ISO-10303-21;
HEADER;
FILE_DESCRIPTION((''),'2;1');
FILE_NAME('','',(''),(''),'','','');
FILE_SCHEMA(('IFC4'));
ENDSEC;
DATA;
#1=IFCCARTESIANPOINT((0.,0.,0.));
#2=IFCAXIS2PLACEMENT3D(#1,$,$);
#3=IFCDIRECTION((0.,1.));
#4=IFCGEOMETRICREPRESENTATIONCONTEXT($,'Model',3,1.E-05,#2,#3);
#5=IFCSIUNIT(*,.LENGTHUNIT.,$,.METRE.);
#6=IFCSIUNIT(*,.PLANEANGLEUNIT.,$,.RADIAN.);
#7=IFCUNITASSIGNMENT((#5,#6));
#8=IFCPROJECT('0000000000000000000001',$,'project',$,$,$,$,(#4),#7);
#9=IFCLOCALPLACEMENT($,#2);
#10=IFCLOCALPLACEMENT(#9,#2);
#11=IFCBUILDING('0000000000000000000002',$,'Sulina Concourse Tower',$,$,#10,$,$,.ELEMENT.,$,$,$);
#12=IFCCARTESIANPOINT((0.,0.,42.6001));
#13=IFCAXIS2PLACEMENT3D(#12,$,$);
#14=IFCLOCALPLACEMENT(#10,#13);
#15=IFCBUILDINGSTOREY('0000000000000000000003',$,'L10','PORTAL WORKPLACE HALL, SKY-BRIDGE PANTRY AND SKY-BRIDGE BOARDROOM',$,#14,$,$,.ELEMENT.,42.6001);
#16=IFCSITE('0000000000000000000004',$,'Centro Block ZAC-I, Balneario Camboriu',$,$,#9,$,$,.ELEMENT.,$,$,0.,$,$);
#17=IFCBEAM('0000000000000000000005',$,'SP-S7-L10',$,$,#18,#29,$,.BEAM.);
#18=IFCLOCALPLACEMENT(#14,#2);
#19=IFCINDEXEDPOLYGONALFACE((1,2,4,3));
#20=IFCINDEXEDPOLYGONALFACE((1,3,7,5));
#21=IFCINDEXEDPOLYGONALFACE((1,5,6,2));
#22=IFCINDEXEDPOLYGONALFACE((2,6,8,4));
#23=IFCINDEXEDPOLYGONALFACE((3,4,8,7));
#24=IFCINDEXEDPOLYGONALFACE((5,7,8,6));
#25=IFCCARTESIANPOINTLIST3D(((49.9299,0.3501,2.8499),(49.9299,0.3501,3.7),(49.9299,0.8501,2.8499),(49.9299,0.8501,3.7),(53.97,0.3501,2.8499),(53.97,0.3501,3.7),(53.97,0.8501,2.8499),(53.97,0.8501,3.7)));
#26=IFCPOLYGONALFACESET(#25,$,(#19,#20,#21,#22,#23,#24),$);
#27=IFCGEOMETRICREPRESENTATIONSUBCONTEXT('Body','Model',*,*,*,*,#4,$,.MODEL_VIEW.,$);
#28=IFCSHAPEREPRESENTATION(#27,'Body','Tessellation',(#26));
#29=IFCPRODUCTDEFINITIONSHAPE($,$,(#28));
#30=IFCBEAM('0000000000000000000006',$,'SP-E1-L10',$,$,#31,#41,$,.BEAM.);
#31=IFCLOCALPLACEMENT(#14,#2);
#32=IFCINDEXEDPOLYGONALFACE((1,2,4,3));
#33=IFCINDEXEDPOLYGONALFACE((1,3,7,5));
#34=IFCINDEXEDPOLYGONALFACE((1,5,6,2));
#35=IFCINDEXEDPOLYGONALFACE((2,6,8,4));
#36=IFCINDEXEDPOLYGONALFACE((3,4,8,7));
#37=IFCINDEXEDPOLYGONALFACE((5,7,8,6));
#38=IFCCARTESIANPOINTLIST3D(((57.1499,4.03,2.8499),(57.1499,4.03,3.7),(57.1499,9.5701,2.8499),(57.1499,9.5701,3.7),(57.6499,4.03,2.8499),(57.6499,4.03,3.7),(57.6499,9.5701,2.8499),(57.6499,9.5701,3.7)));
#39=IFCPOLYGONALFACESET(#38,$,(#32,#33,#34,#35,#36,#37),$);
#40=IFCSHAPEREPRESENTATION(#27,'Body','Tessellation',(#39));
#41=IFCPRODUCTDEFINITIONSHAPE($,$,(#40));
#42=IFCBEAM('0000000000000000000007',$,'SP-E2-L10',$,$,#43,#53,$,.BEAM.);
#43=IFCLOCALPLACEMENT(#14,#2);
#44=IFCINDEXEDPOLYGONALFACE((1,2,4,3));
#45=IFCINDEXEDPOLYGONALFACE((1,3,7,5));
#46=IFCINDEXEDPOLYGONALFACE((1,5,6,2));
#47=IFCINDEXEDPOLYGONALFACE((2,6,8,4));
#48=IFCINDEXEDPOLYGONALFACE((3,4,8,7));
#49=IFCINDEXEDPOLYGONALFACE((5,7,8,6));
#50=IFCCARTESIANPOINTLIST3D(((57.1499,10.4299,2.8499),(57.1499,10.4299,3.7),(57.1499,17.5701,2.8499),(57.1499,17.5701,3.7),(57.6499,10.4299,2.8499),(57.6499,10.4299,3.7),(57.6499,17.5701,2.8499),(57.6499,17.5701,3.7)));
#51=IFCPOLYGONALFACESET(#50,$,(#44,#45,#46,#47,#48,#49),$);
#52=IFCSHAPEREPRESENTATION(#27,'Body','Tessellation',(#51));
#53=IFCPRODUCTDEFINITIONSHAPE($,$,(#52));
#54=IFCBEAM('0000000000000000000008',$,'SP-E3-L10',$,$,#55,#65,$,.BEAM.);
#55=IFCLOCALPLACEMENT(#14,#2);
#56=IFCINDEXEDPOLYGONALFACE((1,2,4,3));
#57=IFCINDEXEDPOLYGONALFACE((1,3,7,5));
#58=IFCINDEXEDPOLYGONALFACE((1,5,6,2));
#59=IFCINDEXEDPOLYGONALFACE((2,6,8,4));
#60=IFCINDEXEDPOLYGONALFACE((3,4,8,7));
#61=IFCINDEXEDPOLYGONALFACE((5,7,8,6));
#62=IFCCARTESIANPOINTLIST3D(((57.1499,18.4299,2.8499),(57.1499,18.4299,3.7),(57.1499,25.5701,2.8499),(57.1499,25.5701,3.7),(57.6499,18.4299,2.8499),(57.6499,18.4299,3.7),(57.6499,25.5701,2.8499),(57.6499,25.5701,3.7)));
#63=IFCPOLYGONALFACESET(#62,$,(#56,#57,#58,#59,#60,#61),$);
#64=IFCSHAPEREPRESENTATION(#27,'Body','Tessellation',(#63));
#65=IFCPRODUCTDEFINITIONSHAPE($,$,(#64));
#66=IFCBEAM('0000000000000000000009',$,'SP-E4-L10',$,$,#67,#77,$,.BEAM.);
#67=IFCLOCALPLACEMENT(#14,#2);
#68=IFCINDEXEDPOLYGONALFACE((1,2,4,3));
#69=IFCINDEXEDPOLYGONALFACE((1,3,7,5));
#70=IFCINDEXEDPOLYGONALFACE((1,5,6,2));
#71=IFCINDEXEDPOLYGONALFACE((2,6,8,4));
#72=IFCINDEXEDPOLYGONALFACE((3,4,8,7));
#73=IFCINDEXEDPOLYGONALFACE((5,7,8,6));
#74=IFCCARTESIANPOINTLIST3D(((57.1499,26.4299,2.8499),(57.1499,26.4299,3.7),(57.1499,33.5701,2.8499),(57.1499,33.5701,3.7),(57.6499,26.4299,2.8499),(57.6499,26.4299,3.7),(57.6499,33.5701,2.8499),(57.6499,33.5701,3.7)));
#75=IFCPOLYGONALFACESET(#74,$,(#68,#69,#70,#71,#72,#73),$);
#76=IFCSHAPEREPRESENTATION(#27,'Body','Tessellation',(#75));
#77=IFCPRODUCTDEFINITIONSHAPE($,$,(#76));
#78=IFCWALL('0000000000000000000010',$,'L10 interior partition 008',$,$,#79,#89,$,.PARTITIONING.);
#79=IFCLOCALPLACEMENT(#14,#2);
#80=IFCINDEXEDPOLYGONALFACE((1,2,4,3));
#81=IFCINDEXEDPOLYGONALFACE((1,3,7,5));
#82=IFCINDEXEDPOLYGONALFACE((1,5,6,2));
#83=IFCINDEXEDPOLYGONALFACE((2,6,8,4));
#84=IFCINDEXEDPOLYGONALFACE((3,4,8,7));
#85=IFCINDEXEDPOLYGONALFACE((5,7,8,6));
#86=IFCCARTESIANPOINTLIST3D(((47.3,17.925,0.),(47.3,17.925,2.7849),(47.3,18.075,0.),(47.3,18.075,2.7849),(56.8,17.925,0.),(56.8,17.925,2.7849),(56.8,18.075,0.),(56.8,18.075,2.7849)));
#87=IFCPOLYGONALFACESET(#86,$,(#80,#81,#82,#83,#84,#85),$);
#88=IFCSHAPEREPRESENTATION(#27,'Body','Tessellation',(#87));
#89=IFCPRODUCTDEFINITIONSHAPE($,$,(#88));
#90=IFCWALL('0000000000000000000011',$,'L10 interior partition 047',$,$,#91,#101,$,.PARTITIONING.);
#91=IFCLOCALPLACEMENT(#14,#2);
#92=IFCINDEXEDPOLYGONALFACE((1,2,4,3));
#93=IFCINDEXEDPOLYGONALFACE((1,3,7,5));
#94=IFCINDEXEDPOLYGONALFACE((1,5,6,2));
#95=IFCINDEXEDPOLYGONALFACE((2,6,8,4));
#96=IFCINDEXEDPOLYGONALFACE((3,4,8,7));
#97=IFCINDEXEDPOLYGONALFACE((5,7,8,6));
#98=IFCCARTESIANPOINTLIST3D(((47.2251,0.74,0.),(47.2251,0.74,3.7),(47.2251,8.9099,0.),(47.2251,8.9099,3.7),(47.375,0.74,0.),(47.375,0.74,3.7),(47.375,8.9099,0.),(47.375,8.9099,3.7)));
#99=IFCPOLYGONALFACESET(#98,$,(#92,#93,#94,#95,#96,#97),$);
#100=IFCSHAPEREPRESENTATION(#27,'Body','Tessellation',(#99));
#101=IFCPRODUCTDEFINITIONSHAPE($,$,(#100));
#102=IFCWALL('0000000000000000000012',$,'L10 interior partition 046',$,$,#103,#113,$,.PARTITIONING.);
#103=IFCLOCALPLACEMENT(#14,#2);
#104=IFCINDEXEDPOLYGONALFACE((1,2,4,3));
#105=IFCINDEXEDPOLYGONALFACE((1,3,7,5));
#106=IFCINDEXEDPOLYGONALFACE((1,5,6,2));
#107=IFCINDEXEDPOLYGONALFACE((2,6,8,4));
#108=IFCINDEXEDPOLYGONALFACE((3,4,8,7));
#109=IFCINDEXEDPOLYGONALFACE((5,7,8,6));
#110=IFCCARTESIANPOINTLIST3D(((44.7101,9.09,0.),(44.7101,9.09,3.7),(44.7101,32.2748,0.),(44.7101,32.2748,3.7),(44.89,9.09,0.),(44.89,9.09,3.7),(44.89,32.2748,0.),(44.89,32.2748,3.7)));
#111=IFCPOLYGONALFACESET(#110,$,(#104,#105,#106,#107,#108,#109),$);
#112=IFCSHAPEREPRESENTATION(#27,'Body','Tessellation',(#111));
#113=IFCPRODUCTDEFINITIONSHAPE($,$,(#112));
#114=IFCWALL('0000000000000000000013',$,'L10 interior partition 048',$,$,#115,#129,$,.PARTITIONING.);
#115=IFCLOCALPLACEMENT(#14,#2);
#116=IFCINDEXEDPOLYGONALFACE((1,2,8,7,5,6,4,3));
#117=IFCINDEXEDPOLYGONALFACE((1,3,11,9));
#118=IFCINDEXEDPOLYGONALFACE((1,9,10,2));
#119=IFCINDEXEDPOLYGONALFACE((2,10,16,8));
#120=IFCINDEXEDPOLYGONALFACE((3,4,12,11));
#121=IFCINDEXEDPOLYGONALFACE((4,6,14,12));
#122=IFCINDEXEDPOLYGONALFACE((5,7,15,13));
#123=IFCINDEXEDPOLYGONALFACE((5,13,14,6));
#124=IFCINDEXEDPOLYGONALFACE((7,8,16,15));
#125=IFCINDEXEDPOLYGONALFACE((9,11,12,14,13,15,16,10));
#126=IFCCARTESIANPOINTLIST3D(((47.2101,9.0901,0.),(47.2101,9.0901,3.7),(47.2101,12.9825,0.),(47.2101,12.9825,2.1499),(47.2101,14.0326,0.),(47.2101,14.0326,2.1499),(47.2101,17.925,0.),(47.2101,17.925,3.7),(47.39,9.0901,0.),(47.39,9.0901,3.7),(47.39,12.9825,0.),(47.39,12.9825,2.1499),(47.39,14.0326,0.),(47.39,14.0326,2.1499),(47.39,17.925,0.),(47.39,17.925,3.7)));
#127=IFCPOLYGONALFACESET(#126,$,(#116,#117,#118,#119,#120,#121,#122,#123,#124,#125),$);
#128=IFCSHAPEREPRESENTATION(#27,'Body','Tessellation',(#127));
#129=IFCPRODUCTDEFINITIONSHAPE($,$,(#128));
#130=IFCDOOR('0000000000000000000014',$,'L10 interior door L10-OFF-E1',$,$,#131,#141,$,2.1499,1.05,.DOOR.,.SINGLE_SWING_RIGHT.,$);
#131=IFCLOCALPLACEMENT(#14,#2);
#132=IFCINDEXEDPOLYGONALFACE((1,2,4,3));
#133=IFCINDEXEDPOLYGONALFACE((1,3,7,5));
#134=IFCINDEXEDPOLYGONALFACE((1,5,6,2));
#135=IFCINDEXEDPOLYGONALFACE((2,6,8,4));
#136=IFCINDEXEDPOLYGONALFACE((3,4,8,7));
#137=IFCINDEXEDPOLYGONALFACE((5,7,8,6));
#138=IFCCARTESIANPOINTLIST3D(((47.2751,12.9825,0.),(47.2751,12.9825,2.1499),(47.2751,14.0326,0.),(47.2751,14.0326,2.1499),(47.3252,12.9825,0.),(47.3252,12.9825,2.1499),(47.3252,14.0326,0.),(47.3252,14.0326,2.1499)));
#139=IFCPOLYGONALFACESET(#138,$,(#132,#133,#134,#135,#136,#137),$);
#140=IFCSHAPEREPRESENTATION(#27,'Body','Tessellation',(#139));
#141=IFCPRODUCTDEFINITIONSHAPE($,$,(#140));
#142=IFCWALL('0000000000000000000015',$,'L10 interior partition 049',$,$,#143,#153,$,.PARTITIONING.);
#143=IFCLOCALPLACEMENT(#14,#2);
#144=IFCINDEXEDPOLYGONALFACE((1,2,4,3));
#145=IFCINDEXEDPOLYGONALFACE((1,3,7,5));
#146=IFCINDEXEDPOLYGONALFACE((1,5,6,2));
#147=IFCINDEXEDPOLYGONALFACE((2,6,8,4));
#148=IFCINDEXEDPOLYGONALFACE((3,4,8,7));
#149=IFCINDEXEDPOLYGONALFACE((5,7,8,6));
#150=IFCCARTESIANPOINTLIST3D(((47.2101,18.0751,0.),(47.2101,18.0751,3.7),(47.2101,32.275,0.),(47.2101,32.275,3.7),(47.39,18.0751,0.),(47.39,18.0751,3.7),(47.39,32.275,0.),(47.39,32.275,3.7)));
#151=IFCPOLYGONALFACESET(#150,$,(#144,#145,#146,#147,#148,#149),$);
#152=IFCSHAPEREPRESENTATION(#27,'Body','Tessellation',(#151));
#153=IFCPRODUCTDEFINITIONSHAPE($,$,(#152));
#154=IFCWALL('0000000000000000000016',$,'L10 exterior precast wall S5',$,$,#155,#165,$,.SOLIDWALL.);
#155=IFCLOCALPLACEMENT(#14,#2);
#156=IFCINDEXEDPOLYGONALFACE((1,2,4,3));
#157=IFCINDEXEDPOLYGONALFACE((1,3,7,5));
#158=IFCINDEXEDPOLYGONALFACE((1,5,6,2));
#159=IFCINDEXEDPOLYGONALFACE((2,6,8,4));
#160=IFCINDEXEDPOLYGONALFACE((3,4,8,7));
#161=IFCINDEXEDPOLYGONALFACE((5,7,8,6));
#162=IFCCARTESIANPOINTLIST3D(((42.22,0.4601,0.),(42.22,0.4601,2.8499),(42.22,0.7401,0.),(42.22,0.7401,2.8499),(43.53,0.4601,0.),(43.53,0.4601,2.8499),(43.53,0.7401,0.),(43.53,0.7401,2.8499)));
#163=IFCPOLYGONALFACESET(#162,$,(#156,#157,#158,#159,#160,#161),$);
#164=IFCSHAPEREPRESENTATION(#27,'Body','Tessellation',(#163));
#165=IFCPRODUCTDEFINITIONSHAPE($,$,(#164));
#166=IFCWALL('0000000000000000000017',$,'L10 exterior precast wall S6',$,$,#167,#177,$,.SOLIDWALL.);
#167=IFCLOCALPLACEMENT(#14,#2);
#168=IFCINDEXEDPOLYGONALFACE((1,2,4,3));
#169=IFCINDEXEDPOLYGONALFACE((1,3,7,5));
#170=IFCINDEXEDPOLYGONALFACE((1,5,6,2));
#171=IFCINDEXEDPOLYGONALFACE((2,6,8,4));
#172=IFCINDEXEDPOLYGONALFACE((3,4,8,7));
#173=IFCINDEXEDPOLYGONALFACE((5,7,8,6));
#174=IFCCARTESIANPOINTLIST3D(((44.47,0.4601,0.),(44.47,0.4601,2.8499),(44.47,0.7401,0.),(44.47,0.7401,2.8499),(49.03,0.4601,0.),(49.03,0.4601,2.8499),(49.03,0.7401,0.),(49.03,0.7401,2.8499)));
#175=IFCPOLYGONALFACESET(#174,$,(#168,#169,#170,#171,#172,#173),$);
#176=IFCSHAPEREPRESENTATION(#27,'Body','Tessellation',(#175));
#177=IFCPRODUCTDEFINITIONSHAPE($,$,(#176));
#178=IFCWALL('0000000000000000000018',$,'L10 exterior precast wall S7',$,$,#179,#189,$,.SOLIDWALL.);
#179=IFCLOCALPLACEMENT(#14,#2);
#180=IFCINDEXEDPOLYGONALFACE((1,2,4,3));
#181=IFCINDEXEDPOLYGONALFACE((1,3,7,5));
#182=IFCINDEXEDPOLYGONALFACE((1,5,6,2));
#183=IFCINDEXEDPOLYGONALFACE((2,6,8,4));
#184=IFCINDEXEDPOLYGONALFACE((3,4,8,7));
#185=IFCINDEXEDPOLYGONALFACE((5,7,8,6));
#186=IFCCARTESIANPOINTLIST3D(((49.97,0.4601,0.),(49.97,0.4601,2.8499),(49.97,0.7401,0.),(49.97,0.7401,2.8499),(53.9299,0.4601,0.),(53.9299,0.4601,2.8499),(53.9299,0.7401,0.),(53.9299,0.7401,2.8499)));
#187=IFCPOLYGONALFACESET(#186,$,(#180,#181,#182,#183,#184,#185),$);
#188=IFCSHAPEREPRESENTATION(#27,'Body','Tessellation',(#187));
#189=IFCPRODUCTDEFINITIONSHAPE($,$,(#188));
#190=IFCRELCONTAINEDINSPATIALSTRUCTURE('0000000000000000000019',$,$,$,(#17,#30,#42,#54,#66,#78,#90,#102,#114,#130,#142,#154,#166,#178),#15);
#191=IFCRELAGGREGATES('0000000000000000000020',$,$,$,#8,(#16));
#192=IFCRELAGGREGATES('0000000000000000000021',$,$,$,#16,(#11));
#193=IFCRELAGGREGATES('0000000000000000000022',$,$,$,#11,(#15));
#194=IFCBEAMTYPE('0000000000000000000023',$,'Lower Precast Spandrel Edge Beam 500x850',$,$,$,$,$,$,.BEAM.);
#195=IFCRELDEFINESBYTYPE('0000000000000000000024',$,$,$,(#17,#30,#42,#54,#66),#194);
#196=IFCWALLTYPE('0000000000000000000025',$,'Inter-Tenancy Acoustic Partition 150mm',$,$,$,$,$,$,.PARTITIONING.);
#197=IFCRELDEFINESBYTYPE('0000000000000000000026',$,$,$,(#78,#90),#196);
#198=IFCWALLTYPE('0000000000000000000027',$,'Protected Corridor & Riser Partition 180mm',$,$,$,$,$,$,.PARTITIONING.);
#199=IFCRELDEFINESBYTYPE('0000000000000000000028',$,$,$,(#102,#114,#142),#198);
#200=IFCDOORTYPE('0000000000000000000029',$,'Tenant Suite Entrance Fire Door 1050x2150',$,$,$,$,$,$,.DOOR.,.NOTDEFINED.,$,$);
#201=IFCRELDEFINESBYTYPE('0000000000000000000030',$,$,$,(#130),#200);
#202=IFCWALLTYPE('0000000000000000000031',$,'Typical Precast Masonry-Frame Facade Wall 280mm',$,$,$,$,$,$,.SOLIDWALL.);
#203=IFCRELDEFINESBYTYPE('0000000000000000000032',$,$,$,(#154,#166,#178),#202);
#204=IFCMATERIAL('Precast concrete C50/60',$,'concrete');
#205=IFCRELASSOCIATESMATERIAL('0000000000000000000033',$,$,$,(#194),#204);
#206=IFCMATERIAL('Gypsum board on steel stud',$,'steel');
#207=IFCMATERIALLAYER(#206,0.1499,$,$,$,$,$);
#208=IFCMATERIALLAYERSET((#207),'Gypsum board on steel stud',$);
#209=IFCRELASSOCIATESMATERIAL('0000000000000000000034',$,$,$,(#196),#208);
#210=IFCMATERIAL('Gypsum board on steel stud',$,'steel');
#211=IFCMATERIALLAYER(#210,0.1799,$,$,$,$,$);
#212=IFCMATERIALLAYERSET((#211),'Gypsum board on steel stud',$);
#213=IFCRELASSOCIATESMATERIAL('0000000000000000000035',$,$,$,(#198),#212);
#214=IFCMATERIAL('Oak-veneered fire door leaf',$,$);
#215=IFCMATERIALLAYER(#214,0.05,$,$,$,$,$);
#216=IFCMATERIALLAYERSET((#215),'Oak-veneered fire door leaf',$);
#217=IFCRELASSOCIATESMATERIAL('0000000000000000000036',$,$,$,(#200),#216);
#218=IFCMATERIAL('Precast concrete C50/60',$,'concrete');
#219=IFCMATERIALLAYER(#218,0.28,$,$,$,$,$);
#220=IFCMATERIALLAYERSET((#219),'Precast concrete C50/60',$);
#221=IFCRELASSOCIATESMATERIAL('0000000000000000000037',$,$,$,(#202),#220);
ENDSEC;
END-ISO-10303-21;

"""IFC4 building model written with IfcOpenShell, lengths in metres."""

from ifc_helpers import new_model, si_unit, direction, frame, frame_2d, origin, origin_2d, place, context, subcontext, project, spatial, rectangle, extrude, material, layer, layer_set, material_profile, profile_set, type_object, element, fill, save


model = new_model("IFC4")

# Units and contexts
model_context = context("Model", 3, precision=1e-05, world=origin(), true_north=direction((0.0, 1.0)))
body_context = subcontext(model_context, "Body", "Model", "MODEL_VIEW")
ifc_project = project(units=[si_unit("LENGTHUNIT", "METRE"), si_unit("PLANEANGLEUNIT", "RADIAN")], contexts=[model_context])

# Site, building, storey
site_placement = place(None, origin())
site = spatial("IfcSite", under=ifc_project, at=site_placement, Name="Centro Block ZAC-I, Balneario Camboriu", CompositionType="ELEMENT", RefElevation=0.0)
building_placement = place(site_placement, origin())
building = spatial("IfcBuilding", under=site, at=building_placement, Name="Sulina Concourse Tower", CompositionType="ELEMENT")
storey_placement = place(building_placement, frame((0.0, 0.0, 42.6001)))
storey = spatial("IfcBuildingStorey", under=building, at=storey_placement, Name="L10", Description="PORTAL WORKPLACE HALL, SKY-BRIDGE PANTRY AND SKY-BRIDGE BOARDROOM", CompositionType="ELEMENT", Elevation=42.6001)

# Beams
ifc_material_1 = material(Name="Precast concrete C50/60", Category="concrete")
ifc_material_profile_1 = material_profile(ifc_material_1, rectangle(XDim=0.5, YDim=0.8501, at=origin_2d()), Name="RC 500x850")
ifc_profile_set_1 = profile_set([ifc_material_profile_1], Name="Precast concrete C50/60")
beam_type_1 = type_object("IfcBeamType", Name="Lower Precast Spandrel Edge Beam 500x850", PredefinedType="BEAM", material=ifc_profile_set_1)
beam_1_placement = place(storey_placement, frame((49.9299, 0.6001, 3.2749), z_axis=(1.0, 0.0, 0.0), x_axis=(0.0, 1.0, 0.0)))
element("IfcBeam", 1, at=beam_1_placement, inside=storey, type_object=beam_type_1, Name="SP-S7-L10", PredefinedType="BEAM", context=body_context, shape_type="SweptSolid", body=[
    extrude(rectangle(XDim=0.5, YDim=0.8501, at=origin_2d()), origin(), (0.0, 0.0, 1.0), 4.04),
])
beam_2_placement = place(storey_placement, frame((57.3999, 4.03, 3.2749), z_axis=(0.0, 1.0, 0.0), x_axis=(-1.0, 0.0, 0.0)))
element("IfcBeam", 2, at=beam_2_placement, inside=storey, type_object=beam_type_1, Name="SP-E1-L10", PredefinedType="BEAM", context=body_context, shape_type="SweptSolid", body=[
    extrude(rectangle(XDim=0.5, YDim=0.8501, at=origin_2d()), origin(), (0.0, 0.0, 1.0), 5.54),
])
for number, where, z_axis, x_axis, name in (
    (3, (57.3999, 10.4299, 3.2749), (0.0, 1.0, 0.0), (-1.0, 0.0, 0.0), "SP-E2-L10"),
    (4, (57.3999, 18.4299, 3.2749), (0.0, 1.0, 0.0), (-1.0, 0.0, 0.0), "SP-E3-L10"),
    (5, (57.3999, 26.4299, 3.2749), (0.0, 1.0, 0.0), (-1.0, 0.0, 0.0), "SP-E4-L10"),
):
    element("IfcBeam", number, at=place(storey_placement, frame(where, z_axis=z_axis, x_axis=x_axis)), inside=storey, type_object=beam_type_1, Name=name, PredefinedType="BEAM", context=body_context, shape_type="SweptSolid", body=[
        extrude(rectangle(XDim=0.5, YDim=0.8501, at=origin_2d()), origin(), (0.0, 0.0, 1.0), 7.1401),
    ])

# Walls
ifc_material_2 = material(Name="Gypsum board on steel stud", Category="steel")
ifc_layer_1 = layer(ifc_material_2, 0.1499)
ifc_layer_set_1 = layer_set([ifc_layer_1], Name="Gypsum board on steel stud")
wall_type_1 = type_object("IfcWallType", Name="Inter-Tenancy Acoustic Partition 150mm", PredefinedType="PARTITIONING", material=ifc_layer_set_1)
wall_1_placement = place(storey_placement, frame((47.3, 18.0, 0.0), z_axis=(0.0, 0.0, 1.0), x_axis=(1.0, 0.0, 0.0)))
element("IfcWall", 6, at=wall_1_placement, inside=storey, type_object=wall_type_1, Name="L10 interior partition 008", PredefinedType="PARTITIONING", context=body_context, shape_type="SweptSolid", body=[
    extrude(rectangle(XDim=9.5, YDim=0.1499, at=frame_2d((4.75, 0.0))), origin(), (0.0, 0.0, 1.0), 2.7849),
])
wall_2_placement = place(storey_placement, frame((47.3, 0.74, 0.0), z_axis=(0.0, 0.0, 1.0), x_axis=(0.0, 1.0, 0.0)))
element("IfcWall", 7, at=wall_2_placement, inside=storey, type_object=wall_type_1, Name="L10 interior partition 047", PredefinedType="PARTITIONING", context=body_context, shape_type="SweptSolid", body=[
    extrude(rectangle(XDim=8.1699, YDim=0.1499, at=frame_2d((4.085, 0.0))), origin(), (0.0, 0.0, 1.0), 3.7),
])

# Shared definitions
ifc_material_3 = material(Name="Gypsum board on steel stud", Category="steel")
ifc_layer_2 = layer(ifc_material_3, 0.1799)
ifc_layer_set_2 = layer_set([ifc_layer_2], Name="Gypsum board on steel stud")
wall_type_2 = type_object("IfcWallType", Name="Protected Corridor & Riser Partition 180mm", PredefinedType="PARTITIONING", material=ifc_layer_set_2)
ifc_material_4 = material(Name="Oak-veneered fire door leaf")
ifc_layer_3 = layer(ifc_material_4, 0.05)
ifc_layer_set_3 = layer_set([ifc_layer_3], Name="Oak-veneered fire door leaf")
door_type = type_object("IfcDoorType", Name="Tenant Suite Entrance Fire Door 1050x2150", OperationType="NOTDEFINED", PredefinedType="DOOR", material=ifc_layer_set_3)

# Wall
wall_3_placement = place(storey_placement, frame((44.8, 9.0901, 0.0), z_axis=(0.0, 0.0, 1.0), x_axis=(0.0, 1.0, 0.0)))
element("IfcWall", 8, at=wall_3_placement, inside=storey, type_object=wall_type_2, Name="L10 interior partition 046", PredefinedType="PARTITIONING", context=body_context, shape_type="SweptSolid", body=[
    extrude(rectangle(XDim=23.1848, YDim=0.1799, at=frame_2d((11.5923, 0.0))), origin(), (0.0, 0.0, 1.0), 3.7),
])

# Wall, opening, door
wall_4_placement = place(storey_placement, frame((47.3, 9.0901, 0.0), z_axis=(0.0, 0.0, 1.0), x_axis=(0.0, 1.0, 0.0)))
wall_4 = element("IfcWall", 9, at=wall_4_placement, inside=storey, type_object=wall_type_2, Name="L10 interior partition 048", PredefinedType="PARTITIONING", context=body_context, shape_type="SweptSolid", body=[
    extrude(rectangle(XDim=8.835, YDim=0.1799, at=frame_2d((4.4175, 0.0))), origin(), (0.0, 0.0, 1.0), 3.7),
])
opening_1_placement = place(wall_4_placement, frame((3.8926, 0.0, 0.0)))
opening_1 = element("IfcOpeningElement", 10, at=opening_1_placement, cuts=wall_4, PredefinedType="OPENING", context=body_context, shape_type="SweptSolid", body=[
    extrude(rectangle(XDim=1.05, YDim=2.1499, at=frame_2d((0.5249, 1.075))), frame((0.0, 0.0999, 0.0), z_axis=(0.0, -1.0, 0.0), x_axis=(1.0, 0.0, 0.0)), (0.0, 0.0, 1.0), 0.2),
])
door_1_placement = place(opening_1_placement, origin())
door_1 = element("IfcDoor", 11, at=door_1_placement, inside=storey, type_object=door_type, Name="L10 interior door L10-OFF-E1", OperationType="SINGLE_SWING_RIGHT", OverallHeight=2.1499, OverallWidth=1.05, PredefinedType="DOOR", context=body_context, shape_type="SweptSolid", body=[
    extrude(rectangle(XDim=1.05, YDim=2.1499, at=frame_2d((0.5249, 1.075))), frame((0.0, 0.0249, 0.0), z_axis=(0.0, -1.0, 0.0), x_axis=(1.0, 0.0, 0.0)), (0.0, 0.0, 1.0), 0.05),
])
fill(opening_1, door_1)

# Walls
wall_5_placement = place(storey_placement, frame((47.3, 18.075, 0.0), z_axis=(0.0, 0.0, 1.0), x_axis=(0.0, 1.0, 0.0)))
element("IfcWall", 12, at=wall_5_placement, inside=storey, type_object=wall_type_2, Name="L10 interior partition 049", PredefinedType="PARTITIONING", context=body_context, shape_type="SweptSolid", body=[
    extrude(rectangle(XDim=14.2, YDim=0.1799, at=frame_2d((7.1001, 0.0))), origin(), (0.0, 0.0, 1.0), 3.7),
])
ifc_material_5 = material(Name="Precast concrete C50/60", Category="concrete")
ifc_layer_4 = layer(ifc_material_5, 0.28)
ifc_layer_set_4 = layer_set([ifc_layer_4], Name="Precast concrete C50/60")
wall_type_3 = type_object("IfcWallType", Name="Typical Precast Masonry-Frame Facade Wall 280mm", PredefinedType="SOLIDWALL", material=ifc_layer_set_4)
wall_6_placement = place(storey_placement, frame((43.53, 0.6001, 0.0), z_axis=(0.0, 0.0, 1.0), x_axis=(-1.0, 0.0, 0.0)))
element("IfcWall", 13, at=wall_6_placement, inside=storey, type_object=wall_type_3, Name="L10 exterior precast wall S5", PredefinedType="SOLIDWALL", context=body_context, shape_type="SweptSolid", body=[
    extrude(rectangle(XDim=1.3101, YDim=0.28, at=frame_2d((0.655, 0.0))), origin(), (0.0, 0.0, 1.0), 2.8499),
])
wall_7_placement = place(storey_placement, frame((49.03, 0.6001, 0.0), z_axis=(0.0, 0.0, 1.0), x_axis=(-1.0, 0.0, 0.0)))
element("IfcWall", 14, at=wall_7_placement, inside=storey, type_object=wall_type_3, Name="L10 exterior precast wall S6", PredefinedType="SOLIDWALL", context=body_context, shape_type="SweptSolid", body=[
    extrude(rectangle(XDim=4.5601, YDim=0.28, at=frame_2d((2.28, 0.0))), origin(), (0.0, 0.0, 1.0), 2.8499),
])
wall_8_placement = place(storey_placement, frame((53.9299, 0.6001, 0.0), z_axis=(0.0, 0.0, 1.0), x_axis=(-1.0, 0.0, 0.0)))
element("IfcWall", 15, at=wall_8_placement, inside=storey, type_object=wall_type_3, Name="L10 exterior precast wall S7", PredefinedType="SOLIDWALL", context=body_context, shape_type="SweptSolid", body=[
    extrude(rectangle(XDim=3.96, YDim=0.28, at=frame_2d((1.98, 0.0))), origin(), (0.0, 0.0, 1.0), 2.8499),
])

save(model, "model.ifc")
